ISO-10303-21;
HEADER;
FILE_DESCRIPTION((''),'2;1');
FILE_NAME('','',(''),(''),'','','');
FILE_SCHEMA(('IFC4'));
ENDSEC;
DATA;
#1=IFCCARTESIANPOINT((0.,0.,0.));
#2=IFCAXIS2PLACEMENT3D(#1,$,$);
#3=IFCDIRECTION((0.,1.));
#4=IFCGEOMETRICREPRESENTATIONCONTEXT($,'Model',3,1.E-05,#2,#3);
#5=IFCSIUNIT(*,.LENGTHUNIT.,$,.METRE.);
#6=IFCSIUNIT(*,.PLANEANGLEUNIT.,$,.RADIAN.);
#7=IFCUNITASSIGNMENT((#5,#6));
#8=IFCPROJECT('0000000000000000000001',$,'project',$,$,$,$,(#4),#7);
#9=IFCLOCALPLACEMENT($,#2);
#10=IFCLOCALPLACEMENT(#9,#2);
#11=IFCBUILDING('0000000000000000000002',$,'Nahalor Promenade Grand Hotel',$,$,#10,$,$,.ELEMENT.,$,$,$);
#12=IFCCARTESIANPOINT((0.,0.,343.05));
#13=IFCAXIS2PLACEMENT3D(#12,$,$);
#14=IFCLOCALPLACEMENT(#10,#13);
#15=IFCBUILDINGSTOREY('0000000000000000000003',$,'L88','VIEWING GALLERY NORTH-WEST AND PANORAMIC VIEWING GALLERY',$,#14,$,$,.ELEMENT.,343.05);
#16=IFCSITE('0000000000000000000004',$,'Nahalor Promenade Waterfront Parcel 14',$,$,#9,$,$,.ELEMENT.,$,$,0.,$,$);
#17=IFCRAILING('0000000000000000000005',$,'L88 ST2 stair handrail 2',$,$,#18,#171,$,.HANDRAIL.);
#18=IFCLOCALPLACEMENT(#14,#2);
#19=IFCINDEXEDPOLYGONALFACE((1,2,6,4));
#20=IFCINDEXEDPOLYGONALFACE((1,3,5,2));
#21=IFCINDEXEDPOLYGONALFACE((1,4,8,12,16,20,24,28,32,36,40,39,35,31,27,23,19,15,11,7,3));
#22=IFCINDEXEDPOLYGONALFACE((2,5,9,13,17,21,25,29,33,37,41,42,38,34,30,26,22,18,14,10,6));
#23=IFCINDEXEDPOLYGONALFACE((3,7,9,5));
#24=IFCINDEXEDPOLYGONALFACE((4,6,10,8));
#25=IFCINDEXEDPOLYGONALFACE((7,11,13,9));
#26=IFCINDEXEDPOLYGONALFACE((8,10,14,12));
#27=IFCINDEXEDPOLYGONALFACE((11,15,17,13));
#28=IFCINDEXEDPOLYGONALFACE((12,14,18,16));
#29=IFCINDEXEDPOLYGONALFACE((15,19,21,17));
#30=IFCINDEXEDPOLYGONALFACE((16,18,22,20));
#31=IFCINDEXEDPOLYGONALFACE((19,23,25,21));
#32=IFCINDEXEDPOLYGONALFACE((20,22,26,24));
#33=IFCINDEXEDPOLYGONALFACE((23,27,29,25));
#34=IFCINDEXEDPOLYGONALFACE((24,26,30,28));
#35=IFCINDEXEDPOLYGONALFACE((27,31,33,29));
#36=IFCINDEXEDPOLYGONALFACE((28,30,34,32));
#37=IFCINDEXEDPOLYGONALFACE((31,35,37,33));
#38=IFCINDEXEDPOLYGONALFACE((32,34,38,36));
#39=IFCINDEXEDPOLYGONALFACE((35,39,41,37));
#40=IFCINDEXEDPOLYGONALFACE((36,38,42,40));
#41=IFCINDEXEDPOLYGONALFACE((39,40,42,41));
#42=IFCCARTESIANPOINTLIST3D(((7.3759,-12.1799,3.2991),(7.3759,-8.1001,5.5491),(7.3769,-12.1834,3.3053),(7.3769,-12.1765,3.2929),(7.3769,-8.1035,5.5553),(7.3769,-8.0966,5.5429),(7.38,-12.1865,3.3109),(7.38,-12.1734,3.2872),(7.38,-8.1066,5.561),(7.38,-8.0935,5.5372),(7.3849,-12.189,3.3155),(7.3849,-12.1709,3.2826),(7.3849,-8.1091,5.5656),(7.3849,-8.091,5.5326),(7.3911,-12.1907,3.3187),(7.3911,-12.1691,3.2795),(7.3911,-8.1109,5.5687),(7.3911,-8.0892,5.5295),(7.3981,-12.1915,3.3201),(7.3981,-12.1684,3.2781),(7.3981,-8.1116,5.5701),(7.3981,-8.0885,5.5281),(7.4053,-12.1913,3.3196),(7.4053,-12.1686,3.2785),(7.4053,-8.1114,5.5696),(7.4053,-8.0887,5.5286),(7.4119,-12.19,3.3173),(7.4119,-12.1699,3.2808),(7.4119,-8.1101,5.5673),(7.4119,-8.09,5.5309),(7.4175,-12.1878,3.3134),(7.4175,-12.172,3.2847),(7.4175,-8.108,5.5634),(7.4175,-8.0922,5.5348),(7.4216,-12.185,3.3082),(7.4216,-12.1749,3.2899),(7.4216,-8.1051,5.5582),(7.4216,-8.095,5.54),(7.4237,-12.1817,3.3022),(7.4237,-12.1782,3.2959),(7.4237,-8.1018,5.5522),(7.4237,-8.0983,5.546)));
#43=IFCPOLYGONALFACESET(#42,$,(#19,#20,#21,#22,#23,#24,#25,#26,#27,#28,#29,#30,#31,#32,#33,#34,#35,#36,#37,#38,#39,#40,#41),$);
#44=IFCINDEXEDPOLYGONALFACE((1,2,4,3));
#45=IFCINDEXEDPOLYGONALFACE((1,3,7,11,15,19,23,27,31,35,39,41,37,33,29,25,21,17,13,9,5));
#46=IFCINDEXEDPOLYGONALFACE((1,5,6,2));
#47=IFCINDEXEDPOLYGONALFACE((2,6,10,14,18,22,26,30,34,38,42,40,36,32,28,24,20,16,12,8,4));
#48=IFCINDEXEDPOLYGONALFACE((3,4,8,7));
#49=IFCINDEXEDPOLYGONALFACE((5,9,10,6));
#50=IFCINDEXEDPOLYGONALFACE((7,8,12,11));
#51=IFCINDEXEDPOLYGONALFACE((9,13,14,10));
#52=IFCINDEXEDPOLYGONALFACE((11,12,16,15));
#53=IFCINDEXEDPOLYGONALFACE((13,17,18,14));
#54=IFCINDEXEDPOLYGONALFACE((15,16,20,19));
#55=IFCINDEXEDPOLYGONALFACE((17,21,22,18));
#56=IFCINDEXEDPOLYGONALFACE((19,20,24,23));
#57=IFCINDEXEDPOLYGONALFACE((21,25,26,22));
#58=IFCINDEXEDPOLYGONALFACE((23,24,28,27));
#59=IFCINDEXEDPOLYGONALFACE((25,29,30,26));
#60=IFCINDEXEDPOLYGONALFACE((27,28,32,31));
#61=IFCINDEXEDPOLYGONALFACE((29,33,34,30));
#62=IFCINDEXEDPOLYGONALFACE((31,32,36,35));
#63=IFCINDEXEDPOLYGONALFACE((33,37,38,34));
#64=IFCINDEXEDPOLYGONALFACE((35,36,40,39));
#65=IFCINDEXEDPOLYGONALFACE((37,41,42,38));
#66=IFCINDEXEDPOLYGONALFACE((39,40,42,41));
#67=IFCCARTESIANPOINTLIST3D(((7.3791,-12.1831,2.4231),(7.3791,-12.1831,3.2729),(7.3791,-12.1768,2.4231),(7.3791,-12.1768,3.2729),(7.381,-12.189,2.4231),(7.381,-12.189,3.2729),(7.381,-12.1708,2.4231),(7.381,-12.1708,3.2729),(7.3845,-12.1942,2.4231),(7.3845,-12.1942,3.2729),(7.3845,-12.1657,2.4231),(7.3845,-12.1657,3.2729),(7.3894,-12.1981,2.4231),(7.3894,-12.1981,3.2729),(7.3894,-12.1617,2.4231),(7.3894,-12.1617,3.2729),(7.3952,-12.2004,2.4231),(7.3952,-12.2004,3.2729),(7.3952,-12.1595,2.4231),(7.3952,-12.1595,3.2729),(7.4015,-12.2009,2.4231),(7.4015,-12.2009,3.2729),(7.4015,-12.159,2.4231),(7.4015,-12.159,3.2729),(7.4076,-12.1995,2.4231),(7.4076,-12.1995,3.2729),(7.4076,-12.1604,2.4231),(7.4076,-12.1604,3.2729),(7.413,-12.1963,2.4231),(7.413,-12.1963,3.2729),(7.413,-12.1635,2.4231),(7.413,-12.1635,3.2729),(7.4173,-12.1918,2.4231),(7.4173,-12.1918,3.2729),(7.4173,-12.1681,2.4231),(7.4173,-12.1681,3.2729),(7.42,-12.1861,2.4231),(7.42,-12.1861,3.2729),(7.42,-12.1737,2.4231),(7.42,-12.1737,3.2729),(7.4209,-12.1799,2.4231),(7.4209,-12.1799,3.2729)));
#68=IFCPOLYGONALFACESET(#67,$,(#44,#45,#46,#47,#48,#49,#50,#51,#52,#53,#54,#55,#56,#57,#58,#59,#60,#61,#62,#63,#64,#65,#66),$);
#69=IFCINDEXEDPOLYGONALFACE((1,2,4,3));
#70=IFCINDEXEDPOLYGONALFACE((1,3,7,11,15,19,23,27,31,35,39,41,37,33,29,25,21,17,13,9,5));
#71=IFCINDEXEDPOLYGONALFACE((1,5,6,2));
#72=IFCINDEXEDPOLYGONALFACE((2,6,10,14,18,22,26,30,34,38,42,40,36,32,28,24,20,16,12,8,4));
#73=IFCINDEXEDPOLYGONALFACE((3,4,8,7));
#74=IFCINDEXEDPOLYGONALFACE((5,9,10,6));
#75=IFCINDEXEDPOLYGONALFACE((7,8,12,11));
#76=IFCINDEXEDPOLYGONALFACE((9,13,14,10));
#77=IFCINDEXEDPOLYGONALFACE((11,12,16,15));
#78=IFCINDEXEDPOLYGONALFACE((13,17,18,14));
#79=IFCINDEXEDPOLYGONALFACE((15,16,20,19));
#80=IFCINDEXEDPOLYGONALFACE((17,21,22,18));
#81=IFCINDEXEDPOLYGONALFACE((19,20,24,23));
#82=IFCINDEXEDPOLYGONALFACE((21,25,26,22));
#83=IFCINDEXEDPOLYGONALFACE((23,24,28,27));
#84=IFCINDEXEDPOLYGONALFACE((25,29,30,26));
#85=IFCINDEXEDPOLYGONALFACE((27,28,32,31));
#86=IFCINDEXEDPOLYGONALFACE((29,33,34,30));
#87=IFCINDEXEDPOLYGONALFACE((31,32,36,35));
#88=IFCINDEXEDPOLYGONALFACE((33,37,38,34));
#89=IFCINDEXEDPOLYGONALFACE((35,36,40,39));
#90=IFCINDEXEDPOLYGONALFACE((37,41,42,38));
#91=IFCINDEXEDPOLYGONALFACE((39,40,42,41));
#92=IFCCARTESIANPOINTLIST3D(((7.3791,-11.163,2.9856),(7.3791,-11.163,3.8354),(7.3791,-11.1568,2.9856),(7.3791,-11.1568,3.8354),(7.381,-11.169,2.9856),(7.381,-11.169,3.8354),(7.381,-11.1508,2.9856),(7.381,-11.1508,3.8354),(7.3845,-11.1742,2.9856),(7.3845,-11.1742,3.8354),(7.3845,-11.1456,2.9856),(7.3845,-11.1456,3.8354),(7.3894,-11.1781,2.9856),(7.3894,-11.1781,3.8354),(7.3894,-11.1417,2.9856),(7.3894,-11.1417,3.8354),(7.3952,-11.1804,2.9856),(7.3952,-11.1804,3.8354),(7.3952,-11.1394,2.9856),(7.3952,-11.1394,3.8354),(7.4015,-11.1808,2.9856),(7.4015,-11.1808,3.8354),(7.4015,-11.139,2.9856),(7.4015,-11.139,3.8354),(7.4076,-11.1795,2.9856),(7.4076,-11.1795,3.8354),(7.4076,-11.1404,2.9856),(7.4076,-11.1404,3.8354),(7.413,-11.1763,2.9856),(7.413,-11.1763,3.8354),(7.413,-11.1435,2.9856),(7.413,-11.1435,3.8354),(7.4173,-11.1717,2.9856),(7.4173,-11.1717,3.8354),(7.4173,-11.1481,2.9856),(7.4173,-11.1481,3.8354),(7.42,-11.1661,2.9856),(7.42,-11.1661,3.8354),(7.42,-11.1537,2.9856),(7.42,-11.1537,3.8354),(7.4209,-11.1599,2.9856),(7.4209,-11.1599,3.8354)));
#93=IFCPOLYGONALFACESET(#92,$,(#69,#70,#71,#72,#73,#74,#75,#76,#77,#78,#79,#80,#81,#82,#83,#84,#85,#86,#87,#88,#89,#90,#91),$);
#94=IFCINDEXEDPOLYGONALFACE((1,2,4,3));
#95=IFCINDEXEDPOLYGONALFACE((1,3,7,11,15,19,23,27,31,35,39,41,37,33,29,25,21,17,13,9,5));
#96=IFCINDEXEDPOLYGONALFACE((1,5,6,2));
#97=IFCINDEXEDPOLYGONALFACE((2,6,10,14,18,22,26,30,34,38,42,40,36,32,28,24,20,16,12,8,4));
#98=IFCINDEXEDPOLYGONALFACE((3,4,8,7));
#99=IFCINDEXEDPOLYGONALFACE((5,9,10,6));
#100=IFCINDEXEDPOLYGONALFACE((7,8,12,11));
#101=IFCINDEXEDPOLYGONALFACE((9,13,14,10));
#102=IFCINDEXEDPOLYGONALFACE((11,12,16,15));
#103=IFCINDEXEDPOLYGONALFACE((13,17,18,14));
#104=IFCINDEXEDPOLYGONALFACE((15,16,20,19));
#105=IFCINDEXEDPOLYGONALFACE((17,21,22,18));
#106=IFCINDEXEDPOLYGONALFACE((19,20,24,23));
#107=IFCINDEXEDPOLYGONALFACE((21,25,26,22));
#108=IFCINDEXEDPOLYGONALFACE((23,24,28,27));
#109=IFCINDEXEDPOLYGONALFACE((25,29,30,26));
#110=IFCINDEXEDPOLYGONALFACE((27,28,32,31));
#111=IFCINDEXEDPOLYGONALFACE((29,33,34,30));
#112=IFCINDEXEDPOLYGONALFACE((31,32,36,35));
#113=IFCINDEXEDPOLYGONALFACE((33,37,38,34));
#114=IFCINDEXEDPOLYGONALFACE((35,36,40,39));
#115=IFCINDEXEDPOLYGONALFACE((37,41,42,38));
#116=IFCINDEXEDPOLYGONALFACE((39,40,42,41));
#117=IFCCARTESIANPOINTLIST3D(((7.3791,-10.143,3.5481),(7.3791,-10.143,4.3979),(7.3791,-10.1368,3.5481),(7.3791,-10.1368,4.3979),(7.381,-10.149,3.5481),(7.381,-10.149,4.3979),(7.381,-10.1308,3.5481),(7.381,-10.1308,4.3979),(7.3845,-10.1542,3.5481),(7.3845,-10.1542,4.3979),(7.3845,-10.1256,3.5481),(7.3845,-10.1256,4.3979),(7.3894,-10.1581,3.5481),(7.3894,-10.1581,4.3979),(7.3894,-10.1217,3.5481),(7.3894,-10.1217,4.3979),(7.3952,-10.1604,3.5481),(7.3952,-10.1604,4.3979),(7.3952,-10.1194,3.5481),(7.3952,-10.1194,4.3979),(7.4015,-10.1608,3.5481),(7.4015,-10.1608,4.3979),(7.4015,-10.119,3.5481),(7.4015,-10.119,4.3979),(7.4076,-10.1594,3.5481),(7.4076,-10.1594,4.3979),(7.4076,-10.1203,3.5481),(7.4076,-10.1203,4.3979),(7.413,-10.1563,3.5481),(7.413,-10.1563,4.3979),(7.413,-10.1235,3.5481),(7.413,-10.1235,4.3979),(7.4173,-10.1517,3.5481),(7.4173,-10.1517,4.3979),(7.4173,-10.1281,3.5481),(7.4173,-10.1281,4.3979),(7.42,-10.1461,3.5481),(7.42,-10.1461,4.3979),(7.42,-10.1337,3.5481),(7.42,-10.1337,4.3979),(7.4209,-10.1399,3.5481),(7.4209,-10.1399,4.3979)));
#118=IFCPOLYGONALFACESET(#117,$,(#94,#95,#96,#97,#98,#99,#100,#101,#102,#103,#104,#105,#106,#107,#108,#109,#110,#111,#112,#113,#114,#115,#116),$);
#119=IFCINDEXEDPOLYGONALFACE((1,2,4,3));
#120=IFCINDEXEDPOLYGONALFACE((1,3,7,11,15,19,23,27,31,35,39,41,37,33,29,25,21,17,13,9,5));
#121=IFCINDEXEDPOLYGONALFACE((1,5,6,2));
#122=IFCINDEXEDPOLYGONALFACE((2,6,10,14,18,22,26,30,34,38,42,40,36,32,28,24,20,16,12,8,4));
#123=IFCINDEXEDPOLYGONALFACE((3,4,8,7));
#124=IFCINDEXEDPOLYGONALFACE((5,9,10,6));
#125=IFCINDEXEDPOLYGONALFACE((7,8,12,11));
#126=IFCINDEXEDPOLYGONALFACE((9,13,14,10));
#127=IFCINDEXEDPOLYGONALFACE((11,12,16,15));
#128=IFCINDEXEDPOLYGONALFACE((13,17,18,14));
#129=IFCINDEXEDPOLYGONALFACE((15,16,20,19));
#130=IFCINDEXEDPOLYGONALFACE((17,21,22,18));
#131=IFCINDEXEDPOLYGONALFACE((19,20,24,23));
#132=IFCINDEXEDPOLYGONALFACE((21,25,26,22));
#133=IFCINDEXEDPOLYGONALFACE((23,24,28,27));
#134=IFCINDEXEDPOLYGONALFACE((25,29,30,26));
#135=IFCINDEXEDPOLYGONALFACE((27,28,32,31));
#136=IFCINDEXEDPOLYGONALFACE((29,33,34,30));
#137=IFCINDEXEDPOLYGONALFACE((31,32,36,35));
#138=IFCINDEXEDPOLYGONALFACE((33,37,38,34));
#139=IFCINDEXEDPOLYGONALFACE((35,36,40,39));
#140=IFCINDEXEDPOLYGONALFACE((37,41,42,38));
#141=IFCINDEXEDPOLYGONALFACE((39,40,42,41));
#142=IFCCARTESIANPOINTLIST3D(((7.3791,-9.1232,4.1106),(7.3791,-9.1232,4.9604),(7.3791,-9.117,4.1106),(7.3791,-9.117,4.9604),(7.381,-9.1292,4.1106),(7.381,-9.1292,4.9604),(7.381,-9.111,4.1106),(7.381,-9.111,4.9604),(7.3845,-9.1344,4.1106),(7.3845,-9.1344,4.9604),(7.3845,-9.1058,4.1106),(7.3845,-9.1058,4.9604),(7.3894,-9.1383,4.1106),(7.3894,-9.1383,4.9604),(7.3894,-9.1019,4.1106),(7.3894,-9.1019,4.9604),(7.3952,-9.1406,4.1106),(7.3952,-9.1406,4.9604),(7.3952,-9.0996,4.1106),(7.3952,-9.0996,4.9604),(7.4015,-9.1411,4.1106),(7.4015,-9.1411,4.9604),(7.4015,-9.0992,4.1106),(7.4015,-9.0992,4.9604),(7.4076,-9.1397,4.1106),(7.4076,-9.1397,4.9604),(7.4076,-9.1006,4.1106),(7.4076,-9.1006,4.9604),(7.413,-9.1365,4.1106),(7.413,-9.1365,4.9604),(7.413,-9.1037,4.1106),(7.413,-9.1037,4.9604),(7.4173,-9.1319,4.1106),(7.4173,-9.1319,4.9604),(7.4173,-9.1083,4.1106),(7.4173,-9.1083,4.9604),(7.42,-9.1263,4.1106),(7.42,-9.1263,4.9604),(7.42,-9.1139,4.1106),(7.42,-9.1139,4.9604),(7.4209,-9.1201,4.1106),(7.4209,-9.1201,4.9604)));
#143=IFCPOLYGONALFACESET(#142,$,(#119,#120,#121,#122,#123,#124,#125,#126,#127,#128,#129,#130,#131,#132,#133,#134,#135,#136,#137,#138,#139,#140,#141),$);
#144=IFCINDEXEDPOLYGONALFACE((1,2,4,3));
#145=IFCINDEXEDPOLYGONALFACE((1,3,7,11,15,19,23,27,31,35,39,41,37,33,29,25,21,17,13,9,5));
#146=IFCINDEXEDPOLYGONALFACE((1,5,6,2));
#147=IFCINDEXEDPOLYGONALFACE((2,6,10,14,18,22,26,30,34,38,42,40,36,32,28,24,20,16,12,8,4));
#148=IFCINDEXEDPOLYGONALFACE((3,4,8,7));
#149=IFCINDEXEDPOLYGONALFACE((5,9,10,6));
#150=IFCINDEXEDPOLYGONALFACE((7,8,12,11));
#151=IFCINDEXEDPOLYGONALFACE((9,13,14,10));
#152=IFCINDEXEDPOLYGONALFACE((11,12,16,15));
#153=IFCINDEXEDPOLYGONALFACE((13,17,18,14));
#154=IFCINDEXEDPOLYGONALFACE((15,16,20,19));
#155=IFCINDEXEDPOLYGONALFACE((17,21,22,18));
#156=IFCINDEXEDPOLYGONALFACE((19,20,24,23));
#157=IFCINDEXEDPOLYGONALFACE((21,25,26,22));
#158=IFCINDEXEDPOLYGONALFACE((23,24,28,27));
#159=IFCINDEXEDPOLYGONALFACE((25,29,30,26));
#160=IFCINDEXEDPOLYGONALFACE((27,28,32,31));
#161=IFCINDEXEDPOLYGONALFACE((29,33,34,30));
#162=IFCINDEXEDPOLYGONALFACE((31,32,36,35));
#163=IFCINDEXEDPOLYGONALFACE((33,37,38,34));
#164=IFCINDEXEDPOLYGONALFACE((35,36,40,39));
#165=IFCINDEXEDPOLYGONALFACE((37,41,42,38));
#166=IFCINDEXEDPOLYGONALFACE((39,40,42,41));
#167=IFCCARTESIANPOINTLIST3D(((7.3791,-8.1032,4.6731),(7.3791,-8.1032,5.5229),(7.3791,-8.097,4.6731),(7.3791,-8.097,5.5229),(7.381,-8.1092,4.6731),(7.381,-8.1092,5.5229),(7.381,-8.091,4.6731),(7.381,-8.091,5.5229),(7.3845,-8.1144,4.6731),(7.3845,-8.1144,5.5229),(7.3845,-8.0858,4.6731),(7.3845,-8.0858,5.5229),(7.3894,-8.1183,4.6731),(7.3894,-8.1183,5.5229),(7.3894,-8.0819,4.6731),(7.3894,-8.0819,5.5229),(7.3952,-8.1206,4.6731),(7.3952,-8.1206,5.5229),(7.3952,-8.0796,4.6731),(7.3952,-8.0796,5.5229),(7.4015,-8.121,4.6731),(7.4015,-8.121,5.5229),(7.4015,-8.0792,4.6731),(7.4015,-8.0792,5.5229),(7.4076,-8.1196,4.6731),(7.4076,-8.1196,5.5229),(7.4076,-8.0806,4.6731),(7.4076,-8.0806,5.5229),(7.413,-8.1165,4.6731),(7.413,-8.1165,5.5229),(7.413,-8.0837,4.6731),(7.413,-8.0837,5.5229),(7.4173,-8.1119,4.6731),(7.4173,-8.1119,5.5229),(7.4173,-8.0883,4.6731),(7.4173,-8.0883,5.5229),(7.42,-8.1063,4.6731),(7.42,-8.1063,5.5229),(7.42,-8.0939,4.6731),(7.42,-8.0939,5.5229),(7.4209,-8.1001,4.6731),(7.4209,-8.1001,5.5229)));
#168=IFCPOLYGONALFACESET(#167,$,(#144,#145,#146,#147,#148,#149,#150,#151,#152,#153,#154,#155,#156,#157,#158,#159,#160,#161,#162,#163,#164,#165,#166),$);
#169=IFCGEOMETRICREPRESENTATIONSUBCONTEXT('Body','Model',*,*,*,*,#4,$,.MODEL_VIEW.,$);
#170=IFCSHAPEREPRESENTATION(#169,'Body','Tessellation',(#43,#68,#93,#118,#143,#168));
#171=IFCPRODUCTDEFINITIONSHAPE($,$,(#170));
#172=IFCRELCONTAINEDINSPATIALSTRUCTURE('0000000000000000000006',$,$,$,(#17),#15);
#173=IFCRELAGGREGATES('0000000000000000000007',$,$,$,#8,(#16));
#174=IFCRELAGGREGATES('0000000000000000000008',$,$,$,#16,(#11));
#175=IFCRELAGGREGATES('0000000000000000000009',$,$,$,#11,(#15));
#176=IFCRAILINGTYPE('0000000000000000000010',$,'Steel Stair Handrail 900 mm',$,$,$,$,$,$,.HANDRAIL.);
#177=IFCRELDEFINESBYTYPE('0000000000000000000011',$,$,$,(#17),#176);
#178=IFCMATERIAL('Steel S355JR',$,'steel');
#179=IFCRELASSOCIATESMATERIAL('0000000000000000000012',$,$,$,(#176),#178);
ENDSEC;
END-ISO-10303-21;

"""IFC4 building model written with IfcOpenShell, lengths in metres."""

from ifc_helpers import new_model, si_unit, direction, frame, origin, origin_2d, place, context, subcontext, project, spatial, circle, extrude, material, type_object, element, save


model = new_model("IFC4")

# Units and contexts
model_context = context("Model", 3, precision=1e-05, world=origin(), true_north=direction((0.0, 1.0)))
body_context = subcontext(model_context, "Body", "Model", "MODEL_VIEW")
ifc_project = project(units=[si_unit("LENGTHUNIT", "METRE"), si_unit("PLANEANGLEUNIT", "RADIAN")], contexts=[model_context])

# Site, building, storey
site_placement = place(None, origin())
site = spatial("IfcSite", under=ifc_project, at=site_placement, Name="Nahalor Promenade Waterfront Parcel 14", CompositionType="ELEMENT", RefElevation=0.0)
building_placement = place(site_placement, origin())
building = spatial("IfcBuilding", under=site, at=building_placement, Name="Nahalor Promenade Grand Hotel", CompositionType="ELEMENT")
storey_placement = place(building_placement, frame((0.0, 0.0, 343.05)))
storey = spatial("IfcBuildingStorey", under=building, at=storey_placement, Name="L88", Description="VIEWING GALLERY NORTH-WEST AND PANORAMIC VIEWING GALLERY", CompositionType="ELEMENT", Elevation=343.05)

# Shared definitions
ifc_material_1 = material(Name="Steel S355JR", Category="steel")

# Railing
railing_type_1 = type_object("IfcRailingType", Name="Steel Stair Handrail 900 mm", PredefinedType="HANDRAIL", material=ifc_material_1)
railing_1_placement = place(storey_placement, frame((7.3999, -12.1799, 2.4231)))
element("IfcRailing", 1, at=railing_1_placement, inside=storey, type_object=railing_type_1, Name="L88 ST2 stair handrail 2", PredefinedType="HANDRAIL", context=body_context, shape_type="SweptSolid", body=[
    extrude(circle(Radius=0.024, at=origin_2d()), frame((0.0, 0.0, 0.876), z_axis=(0.0, 0.875663, 0.482922), x_axis=(-1.0, 0.0, 0.0)), (0.0, 0.0, 1.0), 4.6592),
    extrude(circle(Radius=0.021, at=origin_2d()), origin(), (0.0, 0.0, 1.0), 0.8499),
    extrude(circle(Radius=0.021, at=origin_2d()), frame((0.0, 1.02, 0.5625)), (0.0, 0.0, 1.0), 0.8499),
    extrude(circle(Radius=0.021, at=origin_2d()), frame((0.0, 2.04, 1.125)), (0.0, 0.0, 1.0), 0.8499),
    extrude(circle(Radius=0.021, at=origin_2d()), frame((0.0, 3.0598, 1.6875)), (0.0, 0.0, 1.0), 0.8499),
    extrude(circle(Radius=0.021, at=origin_2d()), frame((0.0, 4.0798, 2.25)), (0.0, 0.0, 1.0), 0.8499),
])

save(model, "model.ifc")
